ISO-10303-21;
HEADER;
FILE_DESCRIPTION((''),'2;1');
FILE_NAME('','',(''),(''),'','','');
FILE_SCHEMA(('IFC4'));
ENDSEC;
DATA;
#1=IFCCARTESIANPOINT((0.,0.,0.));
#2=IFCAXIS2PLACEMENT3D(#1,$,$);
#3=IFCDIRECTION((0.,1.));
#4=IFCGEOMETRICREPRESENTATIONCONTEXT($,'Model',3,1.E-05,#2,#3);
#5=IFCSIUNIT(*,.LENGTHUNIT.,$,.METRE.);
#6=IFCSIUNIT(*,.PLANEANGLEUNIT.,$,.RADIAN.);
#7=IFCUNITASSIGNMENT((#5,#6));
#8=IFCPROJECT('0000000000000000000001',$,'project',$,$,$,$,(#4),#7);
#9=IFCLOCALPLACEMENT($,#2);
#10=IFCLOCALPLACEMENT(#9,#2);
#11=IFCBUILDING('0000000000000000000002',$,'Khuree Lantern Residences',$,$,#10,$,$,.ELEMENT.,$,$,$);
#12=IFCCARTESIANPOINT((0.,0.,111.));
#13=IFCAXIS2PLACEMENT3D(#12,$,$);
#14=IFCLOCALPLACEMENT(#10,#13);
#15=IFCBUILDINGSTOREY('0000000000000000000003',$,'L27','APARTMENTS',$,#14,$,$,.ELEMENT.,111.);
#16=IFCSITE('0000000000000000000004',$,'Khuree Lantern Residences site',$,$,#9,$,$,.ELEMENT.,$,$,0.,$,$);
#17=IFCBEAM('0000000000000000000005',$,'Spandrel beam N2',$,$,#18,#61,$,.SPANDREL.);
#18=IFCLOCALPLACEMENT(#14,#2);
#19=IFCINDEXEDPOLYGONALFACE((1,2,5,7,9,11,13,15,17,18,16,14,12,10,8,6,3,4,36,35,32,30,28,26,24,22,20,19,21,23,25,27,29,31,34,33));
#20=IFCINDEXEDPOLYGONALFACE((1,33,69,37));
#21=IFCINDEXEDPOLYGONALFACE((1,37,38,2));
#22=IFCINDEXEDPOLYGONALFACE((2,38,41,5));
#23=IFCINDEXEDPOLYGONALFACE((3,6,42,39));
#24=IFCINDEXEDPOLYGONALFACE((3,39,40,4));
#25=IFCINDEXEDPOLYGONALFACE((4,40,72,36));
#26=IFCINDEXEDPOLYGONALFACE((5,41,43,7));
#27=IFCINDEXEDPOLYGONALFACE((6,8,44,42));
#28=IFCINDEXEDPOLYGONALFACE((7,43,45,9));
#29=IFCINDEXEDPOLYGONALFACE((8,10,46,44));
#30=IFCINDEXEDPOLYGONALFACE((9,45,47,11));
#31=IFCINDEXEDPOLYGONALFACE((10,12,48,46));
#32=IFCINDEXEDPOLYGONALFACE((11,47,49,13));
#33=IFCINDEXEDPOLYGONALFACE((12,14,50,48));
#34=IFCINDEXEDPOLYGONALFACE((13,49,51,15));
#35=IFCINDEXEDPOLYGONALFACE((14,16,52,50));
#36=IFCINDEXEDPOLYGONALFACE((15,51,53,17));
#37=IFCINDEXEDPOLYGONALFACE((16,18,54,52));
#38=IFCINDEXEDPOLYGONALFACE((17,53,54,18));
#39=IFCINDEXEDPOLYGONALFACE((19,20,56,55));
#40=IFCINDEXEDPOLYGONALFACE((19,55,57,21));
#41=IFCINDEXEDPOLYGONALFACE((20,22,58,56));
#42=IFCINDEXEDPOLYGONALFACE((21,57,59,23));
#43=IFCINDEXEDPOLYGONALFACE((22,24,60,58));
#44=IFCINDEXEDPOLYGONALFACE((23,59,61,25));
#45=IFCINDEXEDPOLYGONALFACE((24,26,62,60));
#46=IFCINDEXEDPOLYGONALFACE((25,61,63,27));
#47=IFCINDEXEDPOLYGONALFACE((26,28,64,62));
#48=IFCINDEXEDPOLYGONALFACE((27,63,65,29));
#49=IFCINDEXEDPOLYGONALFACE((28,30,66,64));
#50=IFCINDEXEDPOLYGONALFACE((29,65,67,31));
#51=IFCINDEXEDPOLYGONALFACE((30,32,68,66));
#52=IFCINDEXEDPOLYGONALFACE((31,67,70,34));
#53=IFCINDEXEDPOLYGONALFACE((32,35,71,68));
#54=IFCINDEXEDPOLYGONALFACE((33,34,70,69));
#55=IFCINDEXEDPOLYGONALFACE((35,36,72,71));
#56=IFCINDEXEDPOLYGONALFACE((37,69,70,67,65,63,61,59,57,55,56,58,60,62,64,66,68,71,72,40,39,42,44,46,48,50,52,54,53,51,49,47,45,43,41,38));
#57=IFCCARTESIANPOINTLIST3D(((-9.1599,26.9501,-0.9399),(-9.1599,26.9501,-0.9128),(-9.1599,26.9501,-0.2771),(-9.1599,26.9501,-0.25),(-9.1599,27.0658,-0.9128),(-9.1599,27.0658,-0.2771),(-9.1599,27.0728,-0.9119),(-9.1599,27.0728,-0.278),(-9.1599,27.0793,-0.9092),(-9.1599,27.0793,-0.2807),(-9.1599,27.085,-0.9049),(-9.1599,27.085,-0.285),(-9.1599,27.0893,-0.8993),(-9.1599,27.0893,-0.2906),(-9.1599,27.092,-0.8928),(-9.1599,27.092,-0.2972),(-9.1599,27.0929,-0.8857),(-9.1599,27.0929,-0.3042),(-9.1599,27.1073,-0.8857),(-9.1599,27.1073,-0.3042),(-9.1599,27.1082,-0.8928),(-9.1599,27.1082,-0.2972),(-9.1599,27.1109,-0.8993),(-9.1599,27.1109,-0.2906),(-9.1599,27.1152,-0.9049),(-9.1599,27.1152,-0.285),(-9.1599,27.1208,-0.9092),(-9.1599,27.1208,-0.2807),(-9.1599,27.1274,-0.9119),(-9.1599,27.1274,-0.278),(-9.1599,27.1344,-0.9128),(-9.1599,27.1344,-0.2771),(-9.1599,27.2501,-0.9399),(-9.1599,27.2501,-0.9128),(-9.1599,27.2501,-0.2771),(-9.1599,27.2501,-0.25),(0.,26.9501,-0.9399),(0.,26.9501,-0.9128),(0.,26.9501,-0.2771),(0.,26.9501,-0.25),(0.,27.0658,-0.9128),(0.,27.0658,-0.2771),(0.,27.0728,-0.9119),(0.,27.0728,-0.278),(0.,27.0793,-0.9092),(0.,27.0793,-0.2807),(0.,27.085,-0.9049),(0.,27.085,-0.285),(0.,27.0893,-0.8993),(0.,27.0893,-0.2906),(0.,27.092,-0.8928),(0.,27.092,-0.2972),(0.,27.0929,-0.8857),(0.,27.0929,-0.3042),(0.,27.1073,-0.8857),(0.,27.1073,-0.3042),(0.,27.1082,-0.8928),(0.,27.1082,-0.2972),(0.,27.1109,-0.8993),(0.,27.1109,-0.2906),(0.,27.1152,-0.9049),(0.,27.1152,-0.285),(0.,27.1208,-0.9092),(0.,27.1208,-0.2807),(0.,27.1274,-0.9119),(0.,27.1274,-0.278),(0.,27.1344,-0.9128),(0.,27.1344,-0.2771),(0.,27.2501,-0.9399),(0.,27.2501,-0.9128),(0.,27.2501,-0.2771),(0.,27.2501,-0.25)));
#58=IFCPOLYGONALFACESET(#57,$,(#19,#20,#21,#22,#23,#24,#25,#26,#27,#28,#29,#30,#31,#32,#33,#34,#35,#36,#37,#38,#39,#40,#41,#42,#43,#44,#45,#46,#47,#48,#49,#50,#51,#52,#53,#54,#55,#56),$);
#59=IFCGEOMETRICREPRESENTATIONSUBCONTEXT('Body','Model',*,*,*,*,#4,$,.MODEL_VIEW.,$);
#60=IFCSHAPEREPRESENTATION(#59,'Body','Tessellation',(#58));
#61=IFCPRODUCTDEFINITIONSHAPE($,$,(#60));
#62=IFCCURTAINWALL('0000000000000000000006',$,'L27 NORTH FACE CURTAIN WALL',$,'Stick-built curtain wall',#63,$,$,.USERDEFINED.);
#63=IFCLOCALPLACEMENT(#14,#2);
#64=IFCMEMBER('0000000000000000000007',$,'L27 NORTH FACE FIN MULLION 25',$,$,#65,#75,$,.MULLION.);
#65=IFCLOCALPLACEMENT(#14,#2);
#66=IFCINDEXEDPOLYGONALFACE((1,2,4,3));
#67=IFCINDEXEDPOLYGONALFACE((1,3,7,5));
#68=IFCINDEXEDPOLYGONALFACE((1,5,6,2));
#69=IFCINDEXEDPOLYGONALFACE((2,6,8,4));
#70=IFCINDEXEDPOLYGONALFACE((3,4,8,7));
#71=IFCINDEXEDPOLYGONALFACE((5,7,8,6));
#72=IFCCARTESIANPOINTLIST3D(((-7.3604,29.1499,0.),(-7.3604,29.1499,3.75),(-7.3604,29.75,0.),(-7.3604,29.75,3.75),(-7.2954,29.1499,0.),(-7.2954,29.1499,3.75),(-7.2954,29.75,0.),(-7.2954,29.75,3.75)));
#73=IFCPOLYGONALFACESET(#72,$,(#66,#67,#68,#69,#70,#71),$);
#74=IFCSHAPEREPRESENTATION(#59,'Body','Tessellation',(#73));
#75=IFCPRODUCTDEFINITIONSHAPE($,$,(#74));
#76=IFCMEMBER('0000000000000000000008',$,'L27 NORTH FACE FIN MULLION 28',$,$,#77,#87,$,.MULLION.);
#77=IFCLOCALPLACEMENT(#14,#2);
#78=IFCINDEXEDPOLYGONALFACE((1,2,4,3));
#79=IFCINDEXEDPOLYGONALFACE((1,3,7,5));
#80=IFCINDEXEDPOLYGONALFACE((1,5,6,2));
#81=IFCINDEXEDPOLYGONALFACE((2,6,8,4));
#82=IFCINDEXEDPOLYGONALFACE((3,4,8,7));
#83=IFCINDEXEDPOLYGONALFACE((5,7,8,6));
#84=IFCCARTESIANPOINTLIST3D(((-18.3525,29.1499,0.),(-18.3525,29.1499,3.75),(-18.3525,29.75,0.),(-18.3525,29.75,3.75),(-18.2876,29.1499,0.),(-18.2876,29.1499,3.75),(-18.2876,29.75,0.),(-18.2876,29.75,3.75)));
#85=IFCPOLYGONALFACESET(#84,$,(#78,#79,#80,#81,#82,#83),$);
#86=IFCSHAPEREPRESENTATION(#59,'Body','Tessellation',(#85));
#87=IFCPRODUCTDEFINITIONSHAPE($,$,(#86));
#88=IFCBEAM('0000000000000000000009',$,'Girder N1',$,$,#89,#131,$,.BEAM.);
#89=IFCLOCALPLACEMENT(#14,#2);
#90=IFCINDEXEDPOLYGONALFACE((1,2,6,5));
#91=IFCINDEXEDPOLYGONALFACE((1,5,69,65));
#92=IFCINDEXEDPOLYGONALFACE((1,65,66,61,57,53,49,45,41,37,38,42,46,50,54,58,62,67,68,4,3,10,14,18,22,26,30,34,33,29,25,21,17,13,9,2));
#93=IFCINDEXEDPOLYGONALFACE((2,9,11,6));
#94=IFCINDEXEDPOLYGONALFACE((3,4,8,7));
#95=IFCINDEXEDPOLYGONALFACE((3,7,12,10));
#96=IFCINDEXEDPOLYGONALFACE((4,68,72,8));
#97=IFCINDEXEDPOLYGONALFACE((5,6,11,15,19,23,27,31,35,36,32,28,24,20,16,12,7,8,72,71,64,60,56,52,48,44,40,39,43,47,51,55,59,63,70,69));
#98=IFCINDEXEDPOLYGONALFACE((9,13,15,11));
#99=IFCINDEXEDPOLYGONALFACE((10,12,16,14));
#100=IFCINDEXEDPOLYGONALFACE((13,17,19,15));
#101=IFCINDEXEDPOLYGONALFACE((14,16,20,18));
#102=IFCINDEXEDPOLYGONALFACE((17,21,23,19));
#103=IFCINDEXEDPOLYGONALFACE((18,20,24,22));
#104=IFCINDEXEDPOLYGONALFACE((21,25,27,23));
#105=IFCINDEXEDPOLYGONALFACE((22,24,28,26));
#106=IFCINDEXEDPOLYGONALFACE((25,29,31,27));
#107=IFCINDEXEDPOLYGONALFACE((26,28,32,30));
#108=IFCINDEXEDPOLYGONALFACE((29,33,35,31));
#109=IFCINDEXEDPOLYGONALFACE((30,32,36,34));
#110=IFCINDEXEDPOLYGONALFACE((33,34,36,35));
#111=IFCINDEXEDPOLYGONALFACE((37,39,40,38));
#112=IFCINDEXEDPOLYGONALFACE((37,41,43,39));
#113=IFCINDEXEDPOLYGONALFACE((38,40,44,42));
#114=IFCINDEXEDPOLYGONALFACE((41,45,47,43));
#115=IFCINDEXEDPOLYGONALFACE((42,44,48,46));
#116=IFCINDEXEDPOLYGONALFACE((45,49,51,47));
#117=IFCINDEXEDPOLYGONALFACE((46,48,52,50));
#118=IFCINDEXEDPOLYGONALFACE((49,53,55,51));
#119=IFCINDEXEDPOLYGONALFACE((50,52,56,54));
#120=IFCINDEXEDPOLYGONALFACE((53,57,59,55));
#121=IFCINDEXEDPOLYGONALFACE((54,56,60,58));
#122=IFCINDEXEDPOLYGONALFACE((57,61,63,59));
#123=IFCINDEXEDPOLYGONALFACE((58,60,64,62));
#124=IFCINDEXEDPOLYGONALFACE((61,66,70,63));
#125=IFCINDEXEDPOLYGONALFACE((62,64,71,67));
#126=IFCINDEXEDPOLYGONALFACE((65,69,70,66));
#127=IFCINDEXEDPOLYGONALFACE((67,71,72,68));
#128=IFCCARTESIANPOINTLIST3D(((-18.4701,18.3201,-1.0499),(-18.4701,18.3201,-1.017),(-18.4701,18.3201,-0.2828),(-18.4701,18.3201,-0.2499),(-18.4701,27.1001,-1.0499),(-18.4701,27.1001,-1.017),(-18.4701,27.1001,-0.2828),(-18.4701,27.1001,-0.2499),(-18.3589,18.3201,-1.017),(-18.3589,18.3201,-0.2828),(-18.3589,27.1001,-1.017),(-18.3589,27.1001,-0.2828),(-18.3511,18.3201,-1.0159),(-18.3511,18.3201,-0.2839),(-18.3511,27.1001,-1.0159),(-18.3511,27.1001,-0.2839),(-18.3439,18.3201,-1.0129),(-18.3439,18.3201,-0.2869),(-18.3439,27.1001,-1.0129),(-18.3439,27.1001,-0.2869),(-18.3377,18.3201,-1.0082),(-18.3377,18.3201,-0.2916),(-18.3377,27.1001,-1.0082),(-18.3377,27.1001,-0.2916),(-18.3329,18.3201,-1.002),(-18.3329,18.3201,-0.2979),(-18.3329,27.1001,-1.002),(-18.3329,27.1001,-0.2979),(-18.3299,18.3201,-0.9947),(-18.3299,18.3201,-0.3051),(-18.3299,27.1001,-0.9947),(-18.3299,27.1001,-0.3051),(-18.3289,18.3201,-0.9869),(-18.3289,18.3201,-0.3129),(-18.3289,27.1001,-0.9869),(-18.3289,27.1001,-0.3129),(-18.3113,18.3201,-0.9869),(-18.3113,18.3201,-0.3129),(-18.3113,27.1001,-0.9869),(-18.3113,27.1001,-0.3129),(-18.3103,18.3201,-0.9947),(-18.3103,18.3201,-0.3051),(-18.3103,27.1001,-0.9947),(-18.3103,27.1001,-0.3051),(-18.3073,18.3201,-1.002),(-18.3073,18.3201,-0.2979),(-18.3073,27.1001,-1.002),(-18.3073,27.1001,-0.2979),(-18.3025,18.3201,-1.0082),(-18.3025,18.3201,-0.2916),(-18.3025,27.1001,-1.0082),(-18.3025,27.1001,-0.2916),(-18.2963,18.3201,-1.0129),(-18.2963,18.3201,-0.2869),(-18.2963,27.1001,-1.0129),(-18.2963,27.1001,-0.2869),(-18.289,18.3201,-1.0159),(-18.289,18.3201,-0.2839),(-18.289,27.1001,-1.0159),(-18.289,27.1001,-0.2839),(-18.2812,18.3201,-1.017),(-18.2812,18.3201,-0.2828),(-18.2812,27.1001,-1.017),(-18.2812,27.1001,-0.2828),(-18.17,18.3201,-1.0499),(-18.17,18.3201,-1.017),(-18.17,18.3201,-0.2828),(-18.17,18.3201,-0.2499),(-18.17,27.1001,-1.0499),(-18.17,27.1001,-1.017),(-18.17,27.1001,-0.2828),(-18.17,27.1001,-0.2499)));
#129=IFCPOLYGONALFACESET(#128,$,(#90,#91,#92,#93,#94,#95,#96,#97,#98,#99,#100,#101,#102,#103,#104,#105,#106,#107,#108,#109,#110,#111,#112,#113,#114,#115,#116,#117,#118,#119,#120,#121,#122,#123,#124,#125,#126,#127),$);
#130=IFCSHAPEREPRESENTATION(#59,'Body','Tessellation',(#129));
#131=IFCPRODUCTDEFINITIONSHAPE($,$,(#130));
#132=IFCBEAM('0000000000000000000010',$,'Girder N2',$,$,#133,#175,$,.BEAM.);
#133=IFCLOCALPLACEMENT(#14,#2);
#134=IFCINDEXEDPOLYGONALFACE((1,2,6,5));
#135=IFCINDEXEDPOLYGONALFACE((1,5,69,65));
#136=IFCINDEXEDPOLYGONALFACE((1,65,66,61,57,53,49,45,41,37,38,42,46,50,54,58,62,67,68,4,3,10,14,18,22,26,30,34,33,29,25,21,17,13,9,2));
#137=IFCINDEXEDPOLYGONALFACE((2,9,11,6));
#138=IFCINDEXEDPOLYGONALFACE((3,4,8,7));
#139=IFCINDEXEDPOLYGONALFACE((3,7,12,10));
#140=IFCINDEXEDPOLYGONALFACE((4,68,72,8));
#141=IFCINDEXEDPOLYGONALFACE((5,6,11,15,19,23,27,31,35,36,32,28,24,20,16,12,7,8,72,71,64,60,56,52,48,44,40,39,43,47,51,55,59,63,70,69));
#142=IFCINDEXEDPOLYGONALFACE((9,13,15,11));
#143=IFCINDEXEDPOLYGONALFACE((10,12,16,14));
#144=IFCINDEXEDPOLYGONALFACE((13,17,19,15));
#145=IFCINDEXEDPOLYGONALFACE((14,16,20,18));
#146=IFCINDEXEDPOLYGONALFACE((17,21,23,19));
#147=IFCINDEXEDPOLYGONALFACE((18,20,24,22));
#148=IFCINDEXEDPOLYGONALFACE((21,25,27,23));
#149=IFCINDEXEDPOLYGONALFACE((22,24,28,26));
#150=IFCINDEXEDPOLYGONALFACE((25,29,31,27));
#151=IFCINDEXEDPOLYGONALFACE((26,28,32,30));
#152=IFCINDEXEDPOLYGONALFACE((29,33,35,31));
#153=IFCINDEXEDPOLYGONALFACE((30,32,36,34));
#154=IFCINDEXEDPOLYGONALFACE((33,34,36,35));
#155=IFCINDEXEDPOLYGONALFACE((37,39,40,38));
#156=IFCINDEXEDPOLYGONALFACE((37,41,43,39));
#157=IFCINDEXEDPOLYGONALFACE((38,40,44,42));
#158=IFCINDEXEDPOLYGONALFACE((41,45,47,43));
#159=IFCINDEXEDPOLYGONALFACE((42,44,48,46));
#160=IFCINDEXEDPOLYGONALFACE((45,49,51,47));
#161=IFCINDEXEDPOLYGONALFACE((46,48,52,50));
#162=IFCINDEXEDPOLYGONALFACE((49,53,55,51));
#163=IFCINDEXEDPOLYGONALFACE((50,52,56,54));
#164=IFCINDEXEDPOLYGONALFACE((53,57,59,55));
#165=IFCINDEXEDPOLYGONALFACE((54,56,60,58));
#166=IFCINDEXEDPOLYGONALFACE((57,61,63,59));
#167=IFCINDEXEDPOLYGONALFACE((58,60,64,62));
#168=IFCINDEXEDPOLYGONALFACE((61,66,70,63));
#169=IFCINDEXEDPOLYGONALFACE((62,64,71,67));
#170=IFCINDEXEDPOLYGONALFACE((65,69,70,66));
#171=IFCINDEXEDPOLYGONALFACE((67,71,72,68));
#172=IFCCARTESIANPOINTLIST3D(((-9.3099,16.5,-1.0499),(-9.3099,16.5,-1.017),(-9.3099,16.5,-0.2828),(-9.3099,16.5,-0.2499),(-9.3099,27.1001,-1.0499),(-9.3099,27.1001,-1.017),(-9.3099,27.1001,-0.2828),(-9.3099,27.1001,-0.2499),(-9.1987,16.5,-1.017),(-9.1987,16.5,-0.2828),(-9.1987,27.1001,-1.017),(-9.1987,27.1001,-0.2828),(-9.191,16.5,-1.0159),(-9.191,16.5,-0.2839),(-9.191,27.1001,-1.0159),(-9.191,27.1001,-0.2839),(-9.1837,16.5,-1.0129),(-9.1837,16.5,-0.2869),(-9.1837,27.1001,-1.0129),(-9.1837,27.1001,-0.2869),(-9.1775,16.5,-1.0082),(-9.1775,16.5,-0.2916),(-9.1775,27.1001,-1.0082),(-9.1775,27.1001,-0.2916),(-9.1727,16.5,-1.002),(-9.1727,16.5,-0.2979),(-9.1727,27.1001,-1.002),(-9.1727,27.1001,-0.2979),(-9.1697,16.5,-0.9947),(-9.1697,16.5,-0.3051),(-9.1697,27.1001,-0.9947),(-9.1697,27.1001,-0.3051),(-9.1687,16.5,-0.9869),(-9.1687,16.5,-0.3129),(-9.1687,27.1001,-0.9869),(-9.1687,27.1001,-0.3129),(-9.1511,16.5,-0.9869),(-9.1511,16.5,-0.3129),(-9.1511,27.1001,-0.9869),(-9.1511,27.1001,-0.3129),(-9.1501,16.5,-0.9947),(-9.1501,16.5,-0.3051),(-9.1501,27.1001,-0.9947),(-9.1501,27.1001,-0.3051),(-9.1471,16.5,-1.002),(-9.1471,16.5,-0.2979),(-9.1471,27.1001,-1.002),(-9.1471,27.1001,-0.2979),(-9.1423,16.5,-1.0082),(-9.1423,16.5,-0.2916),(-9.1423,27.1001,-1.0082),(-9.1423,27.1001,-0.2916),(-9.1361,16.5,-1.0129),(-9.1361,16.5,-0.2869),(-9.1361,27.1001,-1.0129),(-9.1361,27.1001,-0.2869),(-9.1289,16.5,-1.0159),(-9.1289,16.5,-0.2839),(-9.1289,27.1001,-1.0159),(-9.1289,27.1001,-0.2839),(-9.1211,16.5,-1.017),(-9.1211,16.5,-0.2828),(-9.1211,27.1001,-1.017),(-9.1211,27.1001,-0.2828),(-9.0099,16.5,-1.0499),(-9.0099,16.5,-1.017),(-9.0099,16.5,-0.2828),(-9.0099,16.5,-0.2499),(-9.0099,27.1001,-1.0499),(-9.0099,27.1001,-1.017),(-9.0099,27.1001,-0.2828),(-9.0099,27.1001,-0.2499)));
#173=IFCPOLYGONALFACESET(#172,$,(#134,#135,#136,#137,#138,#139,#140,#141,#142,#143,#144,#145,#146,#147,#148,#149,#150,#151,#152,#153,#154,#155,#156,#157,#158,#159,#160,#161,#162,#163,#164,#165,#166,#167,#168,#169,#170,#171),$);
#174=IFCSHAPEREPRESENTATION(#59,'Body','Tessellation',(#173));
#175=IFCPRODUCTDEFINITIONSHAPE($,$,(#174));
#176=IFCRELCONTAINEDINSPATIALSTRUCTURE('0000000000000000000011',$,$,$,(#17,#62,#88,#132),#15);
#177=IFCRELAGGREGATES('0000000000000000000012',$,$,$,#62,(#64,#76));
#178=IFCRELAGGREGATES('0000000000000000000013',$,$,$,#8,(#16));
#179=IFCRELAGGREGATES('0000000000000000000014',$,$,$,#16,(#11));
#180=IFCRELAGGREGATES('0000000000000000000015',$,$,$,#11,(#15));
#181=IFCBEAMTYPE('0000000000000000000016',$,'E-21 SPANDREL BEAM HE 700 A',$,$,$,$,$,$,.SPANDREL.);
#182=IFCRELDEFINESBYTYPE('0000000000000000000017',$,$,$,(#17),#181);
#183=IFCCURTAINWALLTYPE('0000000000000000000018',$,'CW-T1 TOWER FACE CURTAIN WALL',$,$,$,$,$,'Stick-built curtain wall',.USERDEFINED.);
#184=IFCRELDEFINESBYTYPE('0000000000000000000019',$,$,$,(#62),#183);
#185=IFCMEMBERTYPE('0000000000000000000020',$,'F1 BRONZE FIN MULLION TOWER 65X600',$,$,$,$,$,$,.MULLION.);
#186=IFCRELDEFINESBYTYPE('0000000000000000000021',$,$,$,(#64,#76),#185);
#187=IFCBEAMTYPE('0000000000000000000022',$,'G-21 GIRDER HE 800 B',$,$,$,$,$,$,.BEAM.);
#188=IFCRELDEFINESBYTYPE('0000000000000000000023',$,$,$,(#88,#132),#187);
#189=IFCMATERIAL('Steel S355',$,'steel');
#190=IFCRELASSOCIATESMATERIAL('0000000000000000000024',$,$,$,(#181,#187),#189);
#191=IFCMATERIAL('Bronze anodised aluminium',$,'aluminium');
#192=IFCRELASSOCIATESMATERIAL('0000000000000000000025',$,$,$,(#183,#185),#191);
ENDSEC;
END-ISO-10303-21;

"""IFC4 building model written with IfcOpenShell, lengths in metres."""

from ifc_helpers import new_model, si_unit, direction, frame, origin, origin_2d, place, context, subcontext, project, spatial, rectangle, i_section, extrude, material, material_profile, profile_set, type_object, element, aggregate, save


model = new_model("IFC4")

# Units and contexts
model_context = context("Model", 3, precision=1e-05, world=origin(), true_north=direction((0.0, 1.0)))
body_context = subcontext(model_context, "Body", "Model", "MODEL_VIEW")
ifc_project = project(units=[si_unit("LENGTHUNIT", "METRE"), si_unit("PLANEANGLEUNIT", "RADIAN")], contexts=[model_context])

# Site, building, storey
site_placement = place(None, origin())
site = spatial("IfcSite", under=ifc_project, at=site_placement, Name="Khuree Lantern Residences site", CompositionType="ELEMENT", RefElevation=0.0)
building_placement = place(site_placement, origin())
building = spatial("IfcBuilding", under=site, at=building_placement, Name="Khuree Lantern Residences", CompositionType="ELEMENT")
storey_placement = place(building_placement, frame((0.0, 0.0, 111.0)))
storey = spatial("IfcBuildingStorey", under=building, at=storey_placement, Name="L27", Description="APARTMENTS", CompositionType="ELEMENT", Elevation=111.0)

# Beam
ifc_material_1 = material(Name="Steel S355", Category="steel")
ifc_material_profile_1 = material_profile(ifc_material_1, i_section(OverallWidth=0.3, OverallDepth=0.6899, WebThickness=0.0144, FlangeThickness=0.0271, FilletRadius=0.0271, at=origin_2d()), Name="HE 700 A")
ifc_profile_set_1 = profile_set([ifc_material_profile_1], Name="Steel S355")
beam_type_1 = type_object("IfcBeamType", Name="E-21 SPANDREL BEAM HE 700 A", PredefinedType="SPANDREL", material=ifc_profile_set_1)
beam_1_placement = place(storey_placement, frame((-9.1599, 27.1001, -0.595), z_axis=(1.0, 0.0, 0.0), x_axis=(0.0, 1.0, 0.0)))
element("IfcBeam", 1, at=beam_1_placement, inside=storey, type_object=beam_type_1, Name="Spandrel beam N2", PredefinedType="SPANDREL", context=body_context, shape_type="SweptSolid", body=[
    extrude(i_section(OverallWidth=0.3, OverallDepth=0.6899, WebThickness=0.0144, FlangeThickness=0.0271, FilletRadius=0.0271, at=origin_2d()), origin(), (0.0, 0.0, 1.0), 9.1599),
])

# Curtain wall, members
ifc_material_2 = material(Name="Bronze anodised aluminium", Category="aluminium")
curtain_wall_type = type_object("IfcCurtainWallType", Name="CW-T1 TOWER FACE CURTAIN WALL", ElementType="Stick-built curtain wall", PredefinedType="USERDEFINED", material=ifc_material_2)
curtain_wall_placement = place(storey_placement, origin())
curtain_wall = element("IfcCurtainWall", 2, at=curtain_wall_placement, inside=storey, type_object=curtain_wall_type, Name="L27 NORTH FACE CURTAIN WALL", ObjectType="Stick-built curtain wall", PredefinedType="USERDEFINED")
ifc_material_profile_2 = material_profile(ifc_material_2, rectangle(XDim=0.0649, YDim=0.6001, at=origin_2d()), Name="F1 65X600")
ifc_profile_set_2 = profile_set([ifc_material_profile_2], Name="Bronze anodised aluminium")
member_type_1 = type_object("IfcMemberType", Name="F1 BRONZE FIN MULLION TOWER 65X600", PredefinedType="MULLION", material=ifc_profile_set_2)
member_1_placement = place(storey_placement, frame((-7.3279, 29.45, 0.0), z_axis=(0.0, 0.0, 1.0), x_axis=(-1.0, 0.0, 0.0)))
member_1 = element("IfcMember", 3, at=member_1_placement, type_object=member_type_1, Name="L27 NORTH FACE FIN MULLION 25", PredefinedType="MULLION", context=body_context, shape_type="SweptSolid", body=[
    extrude(rectangle(XDim=0.0649, YDim=0.6001, at=origin_2d()), origin(), (0.0, 0.0, 1.0), 3.75),
])
member_2_placement = place(storey_placement, frame((-18.3201, 29.45, 0.0), z_axis=(0.0, 0.0, 1.0), x_axis=(-1.0, 0.0, 0.0)))
member_2 = element("IfcMember", 4, at=member_2_placement, type_object=member_type_1, Name="L27 NORTH FACE FIN MULLION 28", PredefinedType="MULLION", context=body_context, shape_type="SweptSolid", body=[
    extrude(rectangle(XDim=0.0649, YDim=0.6001, at=origin_2d()), origin(), (0.0, 0.0, 1.0), 3.75),
])

# Beams
ifc_material_profile_3 = material_profile(ifc_material_1, i_section(OverallWidth=0.3, OverallDepth=0.8, WebThickness=0.0176, FlangeThickness=0.033, FilletRadius=0.03, at=origin_2d()), Name="HE 800 B")
ifc_profile_set_3 = profile_set([ifc_material_profile_3], Name="Steel S355")
beam_type_2 = type_object("IfcBeamType", Name="G-21 GIRDER HE 800 B", PredefinedType="BEAM", material=ifc_profile_set_3)
beam_2_placement = place(storey_placement, frame((-18.3201, 27.1001, -0.6499), z_axis=(0.0, -1.0, 0.0), x_axis=(1.0, 0.0, 0.0)))
element("IfcBeam", 5, at=beam_2_placement, inside=storey, type_object=beam_type_2, Name="Girder N1", PredefinedType="BEAM", context=body_context, shape_type="SweptSolid", body=[
    extrude(i_section(OverallWidth=0.3, OverallDepth=0.8, WebThickness=0.0176, FlangeThickness=0.033, FilletRadius=0.03, at=origin_2d()), origin(), (0.0, 0.0, 1.0), 8.78),
])
for number, where, z_axis, x_axis, name in (
    (6, (-9.1599, 27.1001, -0.6499), (0.0, -1.0, 0.0), (1.0, 0.0, 0.0), "Girder N2"),
):
    element("IfcBeam", number, at=place(storey_placement, frame(where, z_axis=z_axis, x_axis=x_axis)), inside=storey, type_object=beam_type_2, Name=name, PredefinedType="BEAM", context=body_context, shape_type="SweptSolid", body=[
        extrude(i_section(OverallWidth=0.3, OverallDepth=0.8, WebThickness=0.0176, FlangeThickness=0.033, FilletRadius=0.03, at=origin_2d()), origin(), (0.0, 0.0, 1.0), 10.6001),
    ])

aggregate(curtain_wall, [member_1, member_2])

save(model, "model.ifc")
